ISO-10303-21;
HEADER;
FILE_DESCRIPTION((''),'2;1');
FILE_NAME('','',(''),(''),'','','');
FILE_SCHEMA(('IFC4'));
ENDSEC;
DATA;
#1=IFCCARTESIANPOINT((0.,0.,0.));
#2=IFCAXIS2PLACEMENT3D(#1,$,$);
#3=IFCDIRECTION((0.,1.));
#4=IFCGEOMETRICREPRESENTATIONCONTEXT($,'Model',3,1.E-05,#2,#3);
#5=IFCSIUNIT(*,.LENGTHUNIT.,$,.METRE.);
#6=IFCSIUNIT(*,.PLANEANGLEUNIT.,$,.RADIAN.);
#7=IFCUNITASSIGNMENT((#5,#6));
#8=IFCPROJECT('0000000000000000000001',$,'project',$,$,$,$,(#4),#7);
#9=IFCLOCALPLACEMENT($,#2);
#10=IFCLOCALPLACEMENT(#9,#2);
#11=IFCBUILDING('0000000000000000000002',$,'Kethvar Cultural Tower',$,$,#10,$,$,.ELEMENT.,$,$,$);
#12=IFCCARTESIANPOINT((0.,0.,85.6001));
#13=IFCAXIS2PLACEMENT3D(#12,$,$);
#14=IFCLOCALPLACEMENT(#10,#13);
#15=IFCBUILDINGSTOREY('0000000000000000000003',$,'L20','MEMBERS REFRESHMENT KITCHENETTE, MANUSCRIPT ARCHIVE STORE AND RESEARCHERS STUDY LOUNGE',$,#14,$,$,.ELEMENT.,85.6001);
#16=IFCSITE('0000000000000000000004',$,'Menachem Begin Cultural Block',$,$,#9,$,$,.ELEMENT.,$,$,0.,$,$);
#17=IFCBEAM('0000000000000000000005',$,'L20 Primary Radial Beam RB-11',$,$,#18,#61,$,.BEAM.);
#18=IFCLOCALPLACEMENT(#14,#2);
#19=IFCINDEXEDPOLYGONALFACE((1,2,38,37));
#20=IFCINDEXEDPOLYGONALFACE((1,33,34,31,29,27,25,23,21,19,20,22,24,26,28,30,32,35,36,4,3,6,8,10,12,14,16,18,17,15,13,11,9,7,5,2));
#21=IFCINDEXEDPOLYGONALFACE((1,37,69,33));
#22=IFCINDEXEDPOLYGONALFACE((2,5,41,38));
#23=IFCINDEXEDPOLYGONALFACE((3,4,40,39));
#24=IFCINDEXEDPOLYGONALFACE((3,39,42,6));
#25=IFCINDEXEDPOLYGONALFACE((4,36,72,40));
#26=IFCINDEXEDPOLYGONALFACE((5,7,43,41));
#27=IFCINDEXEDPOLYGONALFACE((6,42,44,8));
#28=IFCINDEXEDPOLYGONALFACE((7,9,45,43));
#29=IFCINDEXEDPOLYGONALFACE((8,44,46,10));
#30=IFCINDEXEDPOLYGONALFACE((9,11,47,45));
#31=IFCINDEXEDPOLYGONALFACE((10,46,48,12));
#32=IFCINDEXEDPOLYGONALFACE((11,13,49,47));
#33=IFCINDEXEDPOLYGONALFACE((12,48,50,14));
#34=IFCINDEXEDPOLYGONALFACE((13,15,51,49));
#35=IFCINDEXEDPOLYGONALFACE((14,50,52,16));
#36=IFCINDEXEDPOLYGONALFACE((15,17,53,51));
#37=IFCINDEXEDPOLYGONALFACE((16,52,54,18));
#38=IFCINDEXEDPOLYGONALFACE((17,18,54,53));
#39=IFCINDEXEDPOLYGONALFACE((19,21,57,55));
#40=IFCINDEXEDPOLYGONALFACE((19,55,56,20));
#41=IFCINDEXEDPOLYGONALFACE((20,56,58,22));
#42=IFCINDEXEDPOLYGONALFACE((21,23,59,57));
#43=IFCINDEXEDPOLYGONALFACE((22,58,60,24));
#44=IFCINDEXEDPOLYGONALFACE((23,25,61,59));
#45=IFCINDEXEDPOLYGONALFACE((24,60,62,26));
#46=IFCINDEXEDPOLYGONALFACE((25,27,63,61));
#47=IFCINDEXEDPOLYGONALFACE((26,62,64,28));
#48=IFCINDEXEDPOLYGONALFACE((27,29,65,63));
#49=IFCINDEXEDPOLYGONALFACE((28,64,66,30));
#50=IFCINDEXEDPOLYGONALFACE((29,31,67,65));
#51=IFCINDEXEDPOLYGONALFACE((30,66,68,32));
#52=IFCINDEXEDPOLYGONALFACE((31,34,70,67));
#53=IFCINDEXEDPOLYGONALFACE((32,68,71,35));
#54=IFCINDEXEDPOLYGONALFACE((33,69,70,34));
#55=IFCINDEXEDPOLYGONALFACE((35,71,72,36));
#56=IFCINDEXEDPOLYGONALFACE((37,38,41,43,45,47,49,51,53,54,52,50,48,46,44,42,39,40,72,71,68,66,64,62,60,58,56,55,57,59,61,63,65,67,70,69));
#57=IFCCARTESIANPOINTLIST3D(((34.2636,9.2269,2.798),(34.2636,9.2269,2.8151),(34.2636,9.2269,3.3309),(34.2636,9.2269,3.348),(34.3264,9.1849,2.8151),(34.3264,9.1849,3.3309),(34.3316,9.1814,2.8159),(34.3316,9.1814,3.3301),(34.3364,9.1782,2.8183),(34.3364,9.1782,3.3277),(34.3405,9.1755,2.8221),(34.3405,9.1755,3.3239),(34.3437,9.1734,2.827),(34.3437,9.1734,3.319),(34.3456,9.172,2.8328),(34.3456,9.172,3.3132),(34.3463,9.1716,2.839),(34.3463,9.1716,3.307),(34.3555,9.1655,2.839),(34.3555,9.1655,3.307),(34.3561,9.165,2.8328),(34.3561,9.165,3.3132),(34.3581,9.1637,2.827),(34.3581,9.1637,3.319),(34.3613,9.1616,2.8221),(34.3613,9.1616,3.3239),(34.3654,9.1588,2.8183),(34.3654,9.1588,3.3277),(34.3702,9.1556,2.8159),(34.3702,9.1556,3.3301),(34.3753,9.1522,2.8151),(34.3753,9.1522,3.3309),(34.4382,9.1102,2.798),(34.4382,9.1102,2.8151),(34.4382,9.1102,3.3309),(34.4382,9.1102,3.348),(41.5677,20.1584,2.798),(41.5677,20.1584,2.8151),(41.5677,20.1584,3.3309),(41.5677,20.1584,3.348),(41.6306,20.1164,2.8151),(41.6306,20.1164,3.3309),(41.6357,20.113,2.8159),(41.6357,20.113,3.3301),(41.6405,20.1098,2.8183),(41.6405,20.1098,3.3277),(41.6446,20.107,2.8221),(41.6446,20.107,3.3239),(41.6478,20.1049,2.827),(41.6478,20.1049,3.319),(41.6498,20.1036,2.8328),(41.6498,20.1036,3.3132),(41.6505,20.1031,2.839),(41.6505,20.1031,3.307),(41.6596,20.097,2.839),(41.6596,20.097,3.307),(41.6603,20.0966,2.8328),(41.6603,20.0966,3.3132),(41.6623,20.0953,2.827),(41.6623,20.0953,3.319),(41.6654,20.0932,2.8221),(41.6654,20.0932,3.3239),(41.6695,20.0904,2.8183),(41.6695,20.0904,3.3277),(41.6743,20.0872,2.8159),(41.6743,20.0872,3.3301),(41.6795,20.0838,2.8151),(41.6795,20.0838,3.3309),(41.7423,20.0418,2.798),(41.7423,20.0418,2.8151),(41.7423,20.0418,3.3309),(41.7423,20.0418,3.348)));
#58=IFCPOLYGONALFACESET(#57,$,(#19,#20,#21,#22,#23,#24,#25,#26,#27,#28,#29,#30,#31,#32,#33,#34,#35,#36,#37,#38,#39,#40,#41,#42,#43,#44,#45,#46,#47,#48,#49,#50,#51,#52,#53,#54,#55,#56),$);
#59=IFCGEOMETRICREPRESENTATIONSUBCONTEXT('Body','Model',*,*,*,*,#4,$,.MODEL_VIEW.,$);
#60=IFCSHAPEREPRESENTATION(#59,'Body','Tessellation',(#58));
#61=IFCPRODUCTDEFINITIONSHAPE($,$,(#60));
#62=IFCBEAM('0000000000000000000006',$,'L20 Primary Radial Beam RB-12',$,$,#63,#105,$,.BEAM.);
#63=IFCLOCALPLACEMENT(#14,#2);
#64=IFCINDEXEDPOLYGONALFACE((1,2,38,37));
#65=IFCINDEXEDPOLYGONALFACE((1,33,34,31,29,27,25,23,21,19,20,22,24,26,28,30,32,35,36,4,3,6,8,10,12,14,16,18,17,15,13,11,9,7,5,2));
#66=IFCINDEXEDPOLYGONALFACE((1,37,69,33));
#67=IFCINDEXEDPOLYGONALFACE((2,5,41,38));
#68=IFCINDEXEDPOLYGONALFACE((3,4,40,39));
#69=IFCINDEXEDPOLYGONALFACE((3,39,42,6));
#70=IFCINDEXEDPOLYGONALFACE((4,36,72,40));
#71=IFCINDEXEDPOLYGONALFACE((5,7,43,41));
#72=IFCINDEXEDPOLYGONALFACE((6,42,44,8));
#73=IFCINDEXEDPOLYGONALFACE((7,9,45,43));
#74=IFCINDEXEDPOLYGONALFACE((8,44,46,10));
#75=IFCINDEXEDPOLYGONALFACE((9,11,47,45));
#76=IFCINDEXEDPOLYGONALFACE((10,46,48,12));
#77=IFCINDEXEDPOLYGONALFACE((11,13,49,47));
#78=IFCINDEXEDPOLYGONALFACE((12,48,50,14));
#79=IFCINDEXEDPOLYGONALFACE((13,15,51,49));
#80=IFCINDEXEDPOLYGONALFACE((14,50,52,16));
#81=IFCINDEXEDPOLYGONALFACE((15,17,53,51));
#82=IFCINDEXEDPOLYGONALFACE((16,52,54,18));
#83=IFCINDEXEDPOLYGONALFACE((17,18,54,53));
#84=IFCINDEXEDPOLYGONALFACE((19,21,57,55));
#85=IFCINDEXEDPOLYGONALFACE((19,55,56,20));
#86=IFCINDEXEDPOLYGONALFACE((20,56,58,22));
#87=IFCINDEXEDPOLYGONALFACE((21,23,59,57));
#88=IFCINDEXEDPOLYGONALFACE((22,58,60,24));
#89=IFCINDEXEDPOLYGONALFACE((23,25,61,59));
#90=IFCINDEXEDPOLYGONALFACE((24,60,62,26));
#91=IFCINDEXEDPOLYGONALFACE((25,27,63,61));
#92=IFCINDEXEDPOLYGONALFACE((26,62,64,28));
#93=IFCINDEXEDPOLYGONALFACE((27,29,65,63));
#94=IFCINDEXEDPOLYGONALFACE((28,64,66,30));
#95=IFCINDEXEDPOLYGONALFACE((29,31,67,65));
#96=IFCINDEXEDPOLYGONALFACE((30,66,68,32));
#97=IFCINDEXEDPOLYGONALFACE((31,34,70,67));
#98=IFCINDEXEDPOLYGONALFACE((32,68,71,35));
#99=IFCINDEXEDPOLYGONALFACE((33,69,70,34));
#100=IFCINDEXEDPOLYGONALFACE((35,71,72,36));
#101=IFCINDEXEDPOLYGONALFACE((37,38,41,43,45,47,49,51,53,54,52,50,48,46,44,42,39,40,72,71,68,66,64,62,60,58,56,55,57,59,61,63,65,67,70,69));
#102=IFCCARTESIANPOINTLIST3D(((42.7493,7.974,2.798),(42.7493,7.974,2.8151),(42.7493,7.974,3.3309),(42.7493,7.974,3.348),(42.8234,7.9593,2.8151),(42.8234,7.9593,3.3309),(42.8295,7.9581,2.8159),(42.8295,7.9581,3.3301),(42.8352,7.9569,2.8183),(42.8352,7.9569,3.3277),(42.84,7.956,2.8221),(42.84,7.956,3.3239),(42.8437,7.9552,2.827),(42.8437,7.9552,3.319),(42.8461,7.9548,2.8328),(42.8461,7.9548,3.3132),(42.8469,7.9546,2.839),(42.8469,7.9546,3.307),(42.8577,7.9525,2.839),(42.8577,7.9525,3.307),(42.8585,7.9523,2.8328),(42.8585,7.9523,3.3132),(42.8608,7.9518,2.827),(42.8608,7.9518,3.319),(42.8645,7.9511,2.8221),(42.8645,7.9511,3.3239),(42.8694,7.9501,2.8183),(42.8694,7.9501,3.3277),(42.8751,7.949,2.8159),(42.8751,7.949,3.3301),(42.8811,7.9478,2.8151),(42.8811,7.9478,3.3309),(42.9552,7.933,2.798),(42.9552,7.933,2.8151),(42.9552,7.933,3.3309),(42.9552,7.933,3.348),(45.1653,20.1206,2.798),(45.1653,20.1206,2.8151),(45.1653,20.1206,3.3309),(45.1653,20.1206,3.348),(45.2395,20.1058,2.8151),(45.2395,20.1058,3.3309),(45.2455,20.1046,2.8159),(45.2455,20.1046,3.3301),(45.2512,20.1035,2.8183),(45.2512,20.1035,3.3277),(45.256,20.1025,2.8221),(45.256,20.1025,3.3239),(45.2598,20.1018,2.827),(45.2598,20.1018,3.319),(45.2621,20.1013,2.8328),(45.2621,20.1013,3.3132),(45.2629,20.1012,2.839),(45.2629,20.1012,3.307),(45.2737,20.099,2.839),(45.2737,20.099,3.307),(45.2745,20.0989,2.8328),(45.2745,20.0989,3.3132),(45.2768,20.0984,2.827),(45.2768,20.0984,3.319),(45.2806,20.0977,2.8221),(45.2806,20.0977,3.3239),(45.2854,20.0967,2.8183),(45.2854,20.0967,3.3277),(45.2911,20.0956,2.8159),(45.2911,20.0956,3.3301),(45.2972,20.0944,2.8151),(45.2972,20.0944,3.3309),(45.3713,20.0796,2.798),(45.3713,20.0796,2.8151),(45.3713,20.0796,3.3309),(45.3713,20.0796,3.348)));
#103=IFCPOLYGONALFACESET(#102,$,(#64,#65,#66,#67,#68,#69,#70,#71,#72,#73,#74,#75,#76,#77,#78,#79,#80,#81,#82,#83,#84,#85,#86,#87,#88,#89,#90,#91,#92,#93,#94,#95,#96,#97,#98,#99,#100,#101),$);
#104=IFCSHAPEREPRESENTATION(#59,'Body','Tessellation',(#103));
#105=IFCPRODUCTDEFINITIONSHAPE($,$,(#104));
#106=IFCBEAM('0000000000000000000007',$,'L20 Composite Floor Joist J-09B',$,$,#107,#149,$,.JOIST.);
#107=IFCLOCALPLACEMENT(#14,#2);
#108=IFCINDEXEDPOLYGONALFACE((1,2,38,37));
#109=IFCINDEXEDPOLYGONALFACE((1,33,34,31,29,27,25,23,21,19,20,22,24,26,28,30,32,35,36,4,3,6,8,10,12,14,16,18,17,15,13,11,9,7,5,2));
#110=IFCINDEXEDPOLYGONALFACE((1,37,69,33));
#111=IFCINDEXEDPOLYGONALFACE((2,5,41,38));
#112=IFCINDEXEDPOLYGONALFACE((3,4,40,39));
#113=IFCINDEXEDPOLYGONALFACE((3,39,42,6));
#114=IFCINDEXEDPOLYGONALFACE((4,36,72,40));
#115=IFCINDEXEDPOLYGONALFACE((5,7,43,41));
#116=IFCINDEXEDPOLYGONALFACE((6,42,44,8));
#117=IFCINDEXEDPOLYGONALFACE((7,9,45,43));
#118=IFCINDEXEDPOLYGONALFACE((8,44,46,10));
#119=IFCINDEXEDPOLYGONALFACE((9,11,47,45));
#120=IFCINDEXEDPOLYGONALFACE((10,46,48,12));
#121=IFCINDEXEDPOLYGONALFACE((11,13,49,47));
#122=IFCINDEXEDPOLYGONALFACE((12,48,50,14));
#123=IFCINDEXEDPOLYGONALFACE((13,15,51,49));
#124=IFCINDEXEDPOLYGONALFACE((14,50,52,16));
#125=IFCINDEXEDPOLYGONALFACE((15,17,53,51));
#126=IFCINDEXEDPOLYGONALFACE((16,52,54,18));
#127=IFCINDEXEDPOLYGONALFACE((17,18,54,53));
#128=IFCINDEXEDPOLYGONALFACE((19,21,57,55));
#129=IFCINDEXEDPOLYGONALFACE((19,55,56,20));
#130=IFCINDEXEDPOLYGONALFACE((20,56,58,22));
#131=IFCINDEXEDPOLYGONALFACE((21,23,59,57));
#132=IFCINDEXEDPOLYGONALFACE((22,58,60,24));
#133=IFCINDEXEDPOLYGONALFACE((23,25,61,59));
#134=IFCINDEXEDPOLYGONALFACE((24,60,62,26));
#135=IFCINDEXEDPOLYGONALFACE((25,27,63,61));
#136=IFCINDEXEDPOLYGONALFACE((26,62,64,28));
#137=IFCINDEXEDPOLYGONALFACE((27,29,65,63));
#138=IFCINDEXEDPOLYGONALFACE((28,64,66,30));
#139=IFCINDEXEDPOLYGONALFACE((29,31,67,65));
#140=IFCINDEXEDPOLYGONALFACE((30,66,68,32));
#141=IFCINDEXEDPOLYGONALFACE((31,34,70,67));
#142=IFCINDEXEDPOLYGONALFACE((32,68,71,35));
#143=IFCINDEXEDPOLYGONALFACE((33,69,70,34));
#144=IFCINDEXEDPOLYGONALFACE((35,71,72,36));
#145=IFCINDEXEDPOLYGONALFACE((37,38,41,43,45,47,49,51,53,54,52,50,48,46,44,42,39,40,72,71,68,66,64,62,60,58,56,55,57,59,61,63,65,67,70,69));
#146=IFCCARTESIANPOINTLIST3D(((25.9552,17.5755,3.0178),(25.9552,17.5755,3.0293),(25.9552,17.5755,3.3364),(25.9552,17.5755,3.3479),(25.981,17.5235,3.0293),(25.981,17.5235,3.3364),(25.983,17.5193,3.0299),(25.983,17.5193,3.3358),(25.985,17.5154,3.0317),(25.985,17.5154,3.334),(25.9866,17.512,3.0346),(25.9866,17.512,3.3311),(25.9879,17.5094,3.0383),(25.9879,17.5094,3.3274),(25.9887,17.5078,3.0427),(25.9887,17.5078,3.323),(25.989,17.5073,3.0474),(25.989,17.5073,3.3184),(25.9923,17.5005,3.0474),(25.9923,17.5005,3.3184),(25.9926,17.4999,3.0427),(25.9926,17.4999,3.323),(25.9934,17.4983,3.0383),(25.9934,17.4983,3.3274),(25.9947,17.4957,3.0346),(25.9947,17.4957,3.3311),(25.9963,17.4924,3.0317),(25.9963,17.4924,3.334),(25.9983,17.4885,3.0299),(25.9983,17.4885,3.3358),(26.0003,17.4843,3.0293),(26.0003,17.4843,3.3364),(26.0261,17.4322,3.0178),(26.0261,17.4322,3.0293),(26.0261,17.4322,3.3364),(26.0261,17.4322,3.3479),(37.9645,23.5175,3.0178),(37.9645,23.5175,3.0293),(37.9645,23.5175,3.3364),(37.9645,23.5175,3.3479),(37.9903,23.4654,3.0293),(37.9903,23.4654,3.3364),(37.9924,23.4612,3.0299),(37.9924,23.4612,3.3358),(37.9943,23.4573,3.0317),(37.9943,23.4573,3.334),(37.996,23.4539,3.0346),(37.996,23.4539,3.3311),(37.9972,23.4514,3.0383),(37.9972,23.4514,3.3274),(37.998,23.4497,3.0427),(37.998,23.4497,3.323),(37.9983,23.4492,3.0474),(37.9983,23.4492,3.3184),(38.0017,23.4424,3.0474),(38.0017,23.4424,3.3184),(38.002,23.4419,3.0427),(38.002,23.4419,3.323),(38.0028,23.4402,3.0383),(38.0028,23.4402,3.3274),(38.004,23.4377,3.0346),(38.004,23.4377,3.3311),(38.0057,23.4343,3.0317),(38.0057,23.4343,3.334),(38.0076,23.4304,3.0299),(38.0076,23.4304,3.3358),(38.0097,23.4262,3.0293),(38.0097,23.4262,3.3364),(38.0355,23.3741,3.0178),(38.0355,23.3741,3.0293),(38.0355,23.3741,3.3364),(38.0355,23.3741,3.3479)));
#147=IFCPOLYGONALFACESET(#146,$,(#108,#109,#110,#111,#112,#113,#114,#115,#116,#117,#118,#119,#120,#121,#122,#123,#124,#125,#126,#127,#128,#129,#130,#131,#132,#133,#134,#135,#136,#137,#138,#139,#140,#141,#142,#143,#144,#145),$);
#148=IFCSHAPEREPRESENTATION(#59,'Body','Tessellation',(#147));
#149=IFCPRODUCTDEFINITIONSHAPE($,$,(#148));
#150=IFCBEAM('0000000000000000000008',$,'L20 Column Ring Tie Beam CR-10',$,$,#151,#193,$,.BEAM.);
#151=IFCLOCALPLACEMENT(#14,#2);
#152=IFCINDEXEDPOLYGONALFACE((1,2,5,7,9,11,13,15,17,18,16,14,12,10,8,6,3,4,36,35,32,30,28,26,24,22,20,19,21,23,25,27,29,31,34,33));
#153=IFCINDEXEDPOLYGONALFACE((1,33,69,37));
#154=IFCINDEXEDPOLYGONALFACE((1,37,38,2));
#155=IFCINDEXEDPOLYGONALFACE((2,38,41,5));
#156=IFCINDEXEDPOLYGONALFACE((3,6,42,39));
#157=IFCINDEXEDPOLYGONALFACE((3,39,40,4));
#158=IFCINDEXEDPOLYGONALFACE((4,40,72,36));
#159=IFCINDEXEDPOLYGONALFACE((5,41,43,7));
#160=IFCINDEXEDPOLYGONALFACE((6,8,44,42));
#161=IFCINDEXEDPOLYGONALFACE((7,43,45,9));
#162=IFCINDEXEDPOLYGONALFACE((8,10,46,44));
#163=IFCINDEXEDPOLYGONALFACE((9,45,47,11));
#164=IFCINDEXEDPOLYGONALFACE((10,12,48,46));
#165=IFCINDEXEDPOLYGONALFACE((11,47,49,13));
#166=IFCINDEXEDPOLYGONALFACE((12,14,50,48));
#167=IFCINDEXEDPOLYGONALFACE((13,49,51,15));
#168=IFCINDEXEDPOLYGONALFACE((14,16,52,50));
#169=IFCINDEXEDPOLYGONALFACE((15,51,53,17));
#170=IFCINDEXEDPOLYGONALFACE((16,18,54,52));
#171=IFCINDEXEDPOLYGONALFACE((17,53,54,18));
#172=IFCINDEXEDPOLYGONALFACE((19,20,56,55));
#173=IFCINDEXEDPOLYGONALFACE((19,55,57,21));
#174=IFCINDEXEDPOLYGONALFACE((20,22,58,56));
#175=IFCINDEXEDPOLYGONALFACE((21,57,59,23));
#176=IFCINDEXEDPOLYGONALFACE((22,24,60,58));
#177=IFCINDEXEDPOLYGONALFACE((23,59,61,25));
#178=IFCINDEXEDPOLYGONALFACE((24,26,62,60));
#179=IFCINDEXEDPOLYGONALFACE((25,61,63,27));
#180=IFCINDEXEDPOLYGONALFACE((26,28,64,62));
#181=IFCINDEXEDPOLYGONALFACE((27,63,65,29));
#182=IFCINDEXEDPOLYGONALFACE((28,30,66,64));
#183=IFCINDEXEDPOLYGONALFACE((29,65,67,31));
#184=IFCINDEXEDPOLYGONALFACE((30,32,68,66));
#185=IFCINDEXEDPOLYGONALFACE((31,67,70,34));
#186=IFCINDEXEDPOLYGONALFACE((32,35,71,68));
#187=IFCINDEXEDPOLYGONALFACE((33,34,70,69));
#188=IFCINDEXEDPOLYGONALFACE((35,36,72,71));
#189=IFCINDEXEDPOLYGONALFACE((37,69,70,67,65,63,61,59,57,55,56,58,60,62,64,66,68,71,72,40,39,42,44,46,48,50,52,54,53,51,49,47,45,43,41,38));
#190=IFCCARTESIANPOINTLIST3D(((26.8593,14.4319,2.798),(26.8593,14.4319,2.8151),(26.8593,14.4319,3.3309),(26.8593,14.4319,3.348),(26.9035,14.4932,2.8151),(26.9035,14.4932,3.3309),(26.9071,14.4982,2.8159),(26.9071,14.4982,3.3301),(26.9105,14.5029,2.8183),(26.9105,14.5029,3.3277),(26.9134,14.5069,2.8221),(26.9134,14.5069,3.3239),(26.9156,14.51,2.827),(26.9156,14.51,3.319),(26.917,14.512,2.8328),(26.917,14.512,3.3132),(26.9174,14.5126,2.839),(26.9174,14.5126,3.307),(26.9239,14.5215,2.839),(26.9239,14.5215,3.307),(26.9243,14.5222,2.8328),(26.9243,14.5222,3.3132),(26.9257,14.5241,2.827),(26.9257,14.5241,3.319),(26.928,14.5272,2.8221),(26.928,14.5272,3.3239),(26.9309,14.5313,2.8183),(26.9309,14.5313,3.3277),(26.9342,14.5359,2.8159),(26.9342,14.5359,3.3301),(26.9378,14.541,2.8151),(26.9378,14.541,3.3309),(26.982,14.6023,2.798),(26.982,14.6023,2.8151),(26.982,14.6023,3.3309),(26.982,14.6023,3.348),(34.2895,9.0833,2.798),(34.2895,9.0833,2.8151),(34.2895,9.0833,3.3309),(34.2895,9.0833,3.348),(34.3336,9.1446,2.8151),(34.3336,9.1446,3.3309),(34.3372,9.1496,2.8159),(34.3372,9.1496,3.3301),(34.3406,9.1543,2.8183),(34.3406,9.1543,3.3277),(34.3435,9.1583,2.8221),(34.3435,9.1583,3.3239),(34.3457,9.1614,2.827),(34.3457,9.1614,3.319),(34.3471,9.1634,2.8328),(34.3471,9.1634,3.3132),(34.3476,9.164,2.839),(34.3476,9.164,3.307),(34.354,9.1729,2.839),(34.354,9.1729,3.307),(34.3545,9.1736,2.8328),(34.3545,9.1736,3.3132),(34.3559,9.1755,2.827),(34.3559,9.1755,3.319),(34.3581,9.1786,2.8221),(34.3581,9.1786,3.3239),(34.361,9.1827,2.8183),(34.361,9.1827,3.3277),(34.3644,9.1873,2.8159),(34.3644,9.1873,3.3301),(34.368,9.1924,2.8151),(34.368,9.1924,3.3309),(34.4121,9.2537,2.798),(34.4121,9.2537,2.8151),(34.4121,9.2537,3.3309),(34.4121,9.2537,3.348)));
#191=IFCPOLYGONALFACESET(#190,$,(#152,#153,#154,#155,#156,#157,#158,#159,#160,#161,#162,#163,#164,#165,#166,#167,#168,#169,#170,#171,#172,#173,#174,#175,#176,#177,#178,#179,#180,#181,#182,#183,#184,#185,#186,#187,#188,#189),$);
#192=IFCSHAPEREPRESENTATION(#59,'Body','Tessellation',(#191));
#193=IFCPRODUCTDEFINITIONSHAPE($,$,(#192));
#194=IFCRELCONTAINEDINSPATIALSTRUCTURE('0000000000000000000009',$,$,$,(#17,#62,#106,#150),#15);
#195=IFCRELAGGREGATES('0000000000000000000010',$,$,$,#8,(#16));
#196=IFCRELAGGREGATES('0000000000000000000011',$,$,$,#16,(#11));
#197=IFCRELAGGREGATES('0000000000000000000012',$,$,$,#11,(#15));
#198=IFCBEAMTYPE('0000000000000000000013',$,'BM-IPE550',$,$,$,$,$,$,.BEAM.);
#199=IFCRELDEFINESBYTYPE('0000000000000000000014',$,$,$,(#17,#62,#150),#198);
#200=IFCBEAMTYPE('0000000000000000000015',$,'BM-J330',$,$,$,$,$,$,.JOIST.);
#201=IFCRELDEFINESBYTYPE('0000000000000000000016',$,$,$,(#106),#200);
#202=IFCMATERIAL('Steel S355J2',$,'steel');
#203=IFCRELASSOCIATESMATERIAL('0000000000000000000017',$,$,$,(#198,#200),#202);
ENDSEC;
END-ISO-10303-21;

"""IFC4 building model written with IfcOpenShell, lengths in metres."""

from ifc_helpers import new_model, si_unit, direction, frame, origin, origin_2d, place, context, subcontext, project, spatial, i_section, extrude, source, transform, mapped, material, material_profile, profile_set, type_object, element, save


model = new_model("IFC4")

# Units and contexts
model_context = context("Model", 3, precision=1e-05, world=origin(), true_north=direction((0.0, 1.0)))
body_context = subcontext(model_context, "Body", "Model", "MODEL_VIEW")
ifc_project = project(units=[si_unit("LENGTHUNIT", "METRE"), si_unit("PLANEANGLEUNIT", "RADIAN")], contexts=[model_context])

# Site, building, storey
site_placement = place(None, origin())
site = spatial("IfcSite", under=ifc_project, at=site_placement, Name="Menachem Begin Cultural Block", CompositionType="ELEMENT", RefElevation=0.0)
building_placement = place(site_placement, origin())
building = spatial("IfcBuilding", under=site, at=building_placement, Name="Kethvar Cultural Tower", CompositionType="ELEMENT")
storey_placement = place(building_placement, frame((0.0, 0.0, 85.6001)))
storey = spatial("IfcBuildingStorey", under=building, at=storey_placement, Name="L20", Description="MEMBERS REFRESHMENT KITCHENETTE, MANUSCRIPT ARCHIVE STORE AND RESEARCHERS STUDY LOUNGE", CompositionType="ELEMENT", Elevation=85.6001)

# Beams
ifc_material_1 = material(Name="Steel S355J2", Category="steel")
ifc_material_profile_1 = material_profile(ifc_material_1, i_section(OverallWidth=0.21, OverallDepth=0.55, WebThickness=0.011, FlangeThickness=0.0171, FilletRadius=0.0239, at=origin_2d()), Name="Steel S355J2 — IPE550")
ifc_profile_set_1 = profile_set([ifc_material_profile_1], Name="Steel S355J2 — IPE550")
beam_type_1 = type_object("IfcBeamType", Name="BM-IPE550", PredefinedType="BEAM", material=ifc_profile_set_1)
shared_shape_1 = source(origin(), body_context, "Body", "SweptSolid", [
    extrude(i_section(OverallWidth=0.21, OverallDepth=0.55, WebThickness=0.011, FlangeThickness=0.0171, FilletRadius=0.0239, at=origin_2d()), origin(), (0.0, 0.0, 1.0), 13.1472),
])
beam_1_placement = place(storey_placement, frame((41.655, 20.1001, 3.073), z_axis=(-0.555566, -0.831473, 0.0), x_axis=(0.831473, -0.555566, 0.0)))
element("IfcBeam", 1, at=beam_1_placement, inside=storey, type_object=beam_type_1, Name="L20 Primary Radial Beam RB-11", PredefinedType="BEAM", context=body_context, shape_type="MappedRepresentation", body=[
    mapped(shared_shape_1, transform((0.0, 0.0, 0.0), scale=1.0)),
])
shared_shape_2 = source(origin(), body_context, "Body", "SweptSolid", [
    extrude(i_section(OverallWidth=0.21, OverallDepth=0.55, WebThickness=0.011, FlangeThickness=0.0171, FilletRadius=0.0239, at=origin_2d()), origin(), (0.0, 0.0, 1.0), 12.3845),
])
beam_2_placement = place(storey_placement, frame((45.2683, 20.1001, 3.073), z_axis=(-0.195085, -0.980786, 0.0), x_axis=(0.980786, -0.195085, 0.0)))
element("IfcBeam", 2, at=beam_2_placement, inside=storey, type_object=beam_type_1, Name="L20 Primary Radial Beam RB-12", PredefinedType="BEAM", context=body_context, shape_type="MappedRepresentation", body=[
    mapped(shared_shape_2, transform((0.0, 0.0, 0.0), scale=1.0)),
])
ifc_material_profile_2 = material_profile(ifc_material_1, i_section(OverallWidth=0.1599, OverallDepth=0.3301, WebThickness=0.0076, FlangeThickness=0.0115, FilletRadius=0.0181, at=origin_2d()), Name="Steel S355J2 — IPE330")
ifc_profile_set_2 = profile_set([ifc_material_profile_2], Name="Steel S355J2 — IPE330")
beam_type_2 = type_object("IfcBeamType", Name="BM-J330", PredefinedType="JOIST", material=ifc_profile_set_2)
shared_shape_3 = source(origin(), body_context, "Body", "SweptSolid", [
    extrude(i_section(OverallWidth=0.1599, OverallDepth=0.3301, WebThickness=0.0076, FlangeThickness=0.0115, FilletRadius=0.0181, at=origin_2d()), origin(), (0.0, 0.0, 1.0), 13.3989),
])
beam_3_placement = place(storey_placement, frame((38.0, 23.4458, 3.1829), z_axis=(-0.896292, -0.443463, 0.0), x_axis=(0.443463, -0.896292, 0.0)))
element("IfcBeam", 3, at=beam_3_placement, inside=storey, type_object=beam_type_2, Name="L20 Composite Floor Joist J-09B", PredefinedType="JOIST", context=body_context, shape_type="MappedRepresentation", body=[
    mapped(shared_shape_3, transform((0.0, 0.0, 0.0), scale=1.0)),
])
shared_shape_4 = source(origin(), body_context, "Body", "SweptSolid", [
    extrude(i_section(OverallWidth=0.21, OverallDepth=0.55, WebThickness=0.011, FlangeThickness=0.0171, FilletRadius=0.0239, at=origin_2d()), origin(), (0.0, 0.0, 1.0), 9.155),
])
beam_4_placement = place(storey_placement, frame((26.9207, 14.5171, 3.073), z_axis=(0.811591, -0.584226, 0.0), x_axis=(0.584226, 0.811591, 0.0)))
element("IfcBeam", 4, at=beam_4_placement, inside=storey, type_object=beam_type_1, Name="L20 Column Ring Tie Beam CR-10", PredefinedType="BEAM", context=body_context, shape_type="MappedRepresentation", body=[
    mapped(shared_shape_4, transform((0.0, 0.0, 0.0), scale=1.0)),
])

save(model, "model.ifc")
